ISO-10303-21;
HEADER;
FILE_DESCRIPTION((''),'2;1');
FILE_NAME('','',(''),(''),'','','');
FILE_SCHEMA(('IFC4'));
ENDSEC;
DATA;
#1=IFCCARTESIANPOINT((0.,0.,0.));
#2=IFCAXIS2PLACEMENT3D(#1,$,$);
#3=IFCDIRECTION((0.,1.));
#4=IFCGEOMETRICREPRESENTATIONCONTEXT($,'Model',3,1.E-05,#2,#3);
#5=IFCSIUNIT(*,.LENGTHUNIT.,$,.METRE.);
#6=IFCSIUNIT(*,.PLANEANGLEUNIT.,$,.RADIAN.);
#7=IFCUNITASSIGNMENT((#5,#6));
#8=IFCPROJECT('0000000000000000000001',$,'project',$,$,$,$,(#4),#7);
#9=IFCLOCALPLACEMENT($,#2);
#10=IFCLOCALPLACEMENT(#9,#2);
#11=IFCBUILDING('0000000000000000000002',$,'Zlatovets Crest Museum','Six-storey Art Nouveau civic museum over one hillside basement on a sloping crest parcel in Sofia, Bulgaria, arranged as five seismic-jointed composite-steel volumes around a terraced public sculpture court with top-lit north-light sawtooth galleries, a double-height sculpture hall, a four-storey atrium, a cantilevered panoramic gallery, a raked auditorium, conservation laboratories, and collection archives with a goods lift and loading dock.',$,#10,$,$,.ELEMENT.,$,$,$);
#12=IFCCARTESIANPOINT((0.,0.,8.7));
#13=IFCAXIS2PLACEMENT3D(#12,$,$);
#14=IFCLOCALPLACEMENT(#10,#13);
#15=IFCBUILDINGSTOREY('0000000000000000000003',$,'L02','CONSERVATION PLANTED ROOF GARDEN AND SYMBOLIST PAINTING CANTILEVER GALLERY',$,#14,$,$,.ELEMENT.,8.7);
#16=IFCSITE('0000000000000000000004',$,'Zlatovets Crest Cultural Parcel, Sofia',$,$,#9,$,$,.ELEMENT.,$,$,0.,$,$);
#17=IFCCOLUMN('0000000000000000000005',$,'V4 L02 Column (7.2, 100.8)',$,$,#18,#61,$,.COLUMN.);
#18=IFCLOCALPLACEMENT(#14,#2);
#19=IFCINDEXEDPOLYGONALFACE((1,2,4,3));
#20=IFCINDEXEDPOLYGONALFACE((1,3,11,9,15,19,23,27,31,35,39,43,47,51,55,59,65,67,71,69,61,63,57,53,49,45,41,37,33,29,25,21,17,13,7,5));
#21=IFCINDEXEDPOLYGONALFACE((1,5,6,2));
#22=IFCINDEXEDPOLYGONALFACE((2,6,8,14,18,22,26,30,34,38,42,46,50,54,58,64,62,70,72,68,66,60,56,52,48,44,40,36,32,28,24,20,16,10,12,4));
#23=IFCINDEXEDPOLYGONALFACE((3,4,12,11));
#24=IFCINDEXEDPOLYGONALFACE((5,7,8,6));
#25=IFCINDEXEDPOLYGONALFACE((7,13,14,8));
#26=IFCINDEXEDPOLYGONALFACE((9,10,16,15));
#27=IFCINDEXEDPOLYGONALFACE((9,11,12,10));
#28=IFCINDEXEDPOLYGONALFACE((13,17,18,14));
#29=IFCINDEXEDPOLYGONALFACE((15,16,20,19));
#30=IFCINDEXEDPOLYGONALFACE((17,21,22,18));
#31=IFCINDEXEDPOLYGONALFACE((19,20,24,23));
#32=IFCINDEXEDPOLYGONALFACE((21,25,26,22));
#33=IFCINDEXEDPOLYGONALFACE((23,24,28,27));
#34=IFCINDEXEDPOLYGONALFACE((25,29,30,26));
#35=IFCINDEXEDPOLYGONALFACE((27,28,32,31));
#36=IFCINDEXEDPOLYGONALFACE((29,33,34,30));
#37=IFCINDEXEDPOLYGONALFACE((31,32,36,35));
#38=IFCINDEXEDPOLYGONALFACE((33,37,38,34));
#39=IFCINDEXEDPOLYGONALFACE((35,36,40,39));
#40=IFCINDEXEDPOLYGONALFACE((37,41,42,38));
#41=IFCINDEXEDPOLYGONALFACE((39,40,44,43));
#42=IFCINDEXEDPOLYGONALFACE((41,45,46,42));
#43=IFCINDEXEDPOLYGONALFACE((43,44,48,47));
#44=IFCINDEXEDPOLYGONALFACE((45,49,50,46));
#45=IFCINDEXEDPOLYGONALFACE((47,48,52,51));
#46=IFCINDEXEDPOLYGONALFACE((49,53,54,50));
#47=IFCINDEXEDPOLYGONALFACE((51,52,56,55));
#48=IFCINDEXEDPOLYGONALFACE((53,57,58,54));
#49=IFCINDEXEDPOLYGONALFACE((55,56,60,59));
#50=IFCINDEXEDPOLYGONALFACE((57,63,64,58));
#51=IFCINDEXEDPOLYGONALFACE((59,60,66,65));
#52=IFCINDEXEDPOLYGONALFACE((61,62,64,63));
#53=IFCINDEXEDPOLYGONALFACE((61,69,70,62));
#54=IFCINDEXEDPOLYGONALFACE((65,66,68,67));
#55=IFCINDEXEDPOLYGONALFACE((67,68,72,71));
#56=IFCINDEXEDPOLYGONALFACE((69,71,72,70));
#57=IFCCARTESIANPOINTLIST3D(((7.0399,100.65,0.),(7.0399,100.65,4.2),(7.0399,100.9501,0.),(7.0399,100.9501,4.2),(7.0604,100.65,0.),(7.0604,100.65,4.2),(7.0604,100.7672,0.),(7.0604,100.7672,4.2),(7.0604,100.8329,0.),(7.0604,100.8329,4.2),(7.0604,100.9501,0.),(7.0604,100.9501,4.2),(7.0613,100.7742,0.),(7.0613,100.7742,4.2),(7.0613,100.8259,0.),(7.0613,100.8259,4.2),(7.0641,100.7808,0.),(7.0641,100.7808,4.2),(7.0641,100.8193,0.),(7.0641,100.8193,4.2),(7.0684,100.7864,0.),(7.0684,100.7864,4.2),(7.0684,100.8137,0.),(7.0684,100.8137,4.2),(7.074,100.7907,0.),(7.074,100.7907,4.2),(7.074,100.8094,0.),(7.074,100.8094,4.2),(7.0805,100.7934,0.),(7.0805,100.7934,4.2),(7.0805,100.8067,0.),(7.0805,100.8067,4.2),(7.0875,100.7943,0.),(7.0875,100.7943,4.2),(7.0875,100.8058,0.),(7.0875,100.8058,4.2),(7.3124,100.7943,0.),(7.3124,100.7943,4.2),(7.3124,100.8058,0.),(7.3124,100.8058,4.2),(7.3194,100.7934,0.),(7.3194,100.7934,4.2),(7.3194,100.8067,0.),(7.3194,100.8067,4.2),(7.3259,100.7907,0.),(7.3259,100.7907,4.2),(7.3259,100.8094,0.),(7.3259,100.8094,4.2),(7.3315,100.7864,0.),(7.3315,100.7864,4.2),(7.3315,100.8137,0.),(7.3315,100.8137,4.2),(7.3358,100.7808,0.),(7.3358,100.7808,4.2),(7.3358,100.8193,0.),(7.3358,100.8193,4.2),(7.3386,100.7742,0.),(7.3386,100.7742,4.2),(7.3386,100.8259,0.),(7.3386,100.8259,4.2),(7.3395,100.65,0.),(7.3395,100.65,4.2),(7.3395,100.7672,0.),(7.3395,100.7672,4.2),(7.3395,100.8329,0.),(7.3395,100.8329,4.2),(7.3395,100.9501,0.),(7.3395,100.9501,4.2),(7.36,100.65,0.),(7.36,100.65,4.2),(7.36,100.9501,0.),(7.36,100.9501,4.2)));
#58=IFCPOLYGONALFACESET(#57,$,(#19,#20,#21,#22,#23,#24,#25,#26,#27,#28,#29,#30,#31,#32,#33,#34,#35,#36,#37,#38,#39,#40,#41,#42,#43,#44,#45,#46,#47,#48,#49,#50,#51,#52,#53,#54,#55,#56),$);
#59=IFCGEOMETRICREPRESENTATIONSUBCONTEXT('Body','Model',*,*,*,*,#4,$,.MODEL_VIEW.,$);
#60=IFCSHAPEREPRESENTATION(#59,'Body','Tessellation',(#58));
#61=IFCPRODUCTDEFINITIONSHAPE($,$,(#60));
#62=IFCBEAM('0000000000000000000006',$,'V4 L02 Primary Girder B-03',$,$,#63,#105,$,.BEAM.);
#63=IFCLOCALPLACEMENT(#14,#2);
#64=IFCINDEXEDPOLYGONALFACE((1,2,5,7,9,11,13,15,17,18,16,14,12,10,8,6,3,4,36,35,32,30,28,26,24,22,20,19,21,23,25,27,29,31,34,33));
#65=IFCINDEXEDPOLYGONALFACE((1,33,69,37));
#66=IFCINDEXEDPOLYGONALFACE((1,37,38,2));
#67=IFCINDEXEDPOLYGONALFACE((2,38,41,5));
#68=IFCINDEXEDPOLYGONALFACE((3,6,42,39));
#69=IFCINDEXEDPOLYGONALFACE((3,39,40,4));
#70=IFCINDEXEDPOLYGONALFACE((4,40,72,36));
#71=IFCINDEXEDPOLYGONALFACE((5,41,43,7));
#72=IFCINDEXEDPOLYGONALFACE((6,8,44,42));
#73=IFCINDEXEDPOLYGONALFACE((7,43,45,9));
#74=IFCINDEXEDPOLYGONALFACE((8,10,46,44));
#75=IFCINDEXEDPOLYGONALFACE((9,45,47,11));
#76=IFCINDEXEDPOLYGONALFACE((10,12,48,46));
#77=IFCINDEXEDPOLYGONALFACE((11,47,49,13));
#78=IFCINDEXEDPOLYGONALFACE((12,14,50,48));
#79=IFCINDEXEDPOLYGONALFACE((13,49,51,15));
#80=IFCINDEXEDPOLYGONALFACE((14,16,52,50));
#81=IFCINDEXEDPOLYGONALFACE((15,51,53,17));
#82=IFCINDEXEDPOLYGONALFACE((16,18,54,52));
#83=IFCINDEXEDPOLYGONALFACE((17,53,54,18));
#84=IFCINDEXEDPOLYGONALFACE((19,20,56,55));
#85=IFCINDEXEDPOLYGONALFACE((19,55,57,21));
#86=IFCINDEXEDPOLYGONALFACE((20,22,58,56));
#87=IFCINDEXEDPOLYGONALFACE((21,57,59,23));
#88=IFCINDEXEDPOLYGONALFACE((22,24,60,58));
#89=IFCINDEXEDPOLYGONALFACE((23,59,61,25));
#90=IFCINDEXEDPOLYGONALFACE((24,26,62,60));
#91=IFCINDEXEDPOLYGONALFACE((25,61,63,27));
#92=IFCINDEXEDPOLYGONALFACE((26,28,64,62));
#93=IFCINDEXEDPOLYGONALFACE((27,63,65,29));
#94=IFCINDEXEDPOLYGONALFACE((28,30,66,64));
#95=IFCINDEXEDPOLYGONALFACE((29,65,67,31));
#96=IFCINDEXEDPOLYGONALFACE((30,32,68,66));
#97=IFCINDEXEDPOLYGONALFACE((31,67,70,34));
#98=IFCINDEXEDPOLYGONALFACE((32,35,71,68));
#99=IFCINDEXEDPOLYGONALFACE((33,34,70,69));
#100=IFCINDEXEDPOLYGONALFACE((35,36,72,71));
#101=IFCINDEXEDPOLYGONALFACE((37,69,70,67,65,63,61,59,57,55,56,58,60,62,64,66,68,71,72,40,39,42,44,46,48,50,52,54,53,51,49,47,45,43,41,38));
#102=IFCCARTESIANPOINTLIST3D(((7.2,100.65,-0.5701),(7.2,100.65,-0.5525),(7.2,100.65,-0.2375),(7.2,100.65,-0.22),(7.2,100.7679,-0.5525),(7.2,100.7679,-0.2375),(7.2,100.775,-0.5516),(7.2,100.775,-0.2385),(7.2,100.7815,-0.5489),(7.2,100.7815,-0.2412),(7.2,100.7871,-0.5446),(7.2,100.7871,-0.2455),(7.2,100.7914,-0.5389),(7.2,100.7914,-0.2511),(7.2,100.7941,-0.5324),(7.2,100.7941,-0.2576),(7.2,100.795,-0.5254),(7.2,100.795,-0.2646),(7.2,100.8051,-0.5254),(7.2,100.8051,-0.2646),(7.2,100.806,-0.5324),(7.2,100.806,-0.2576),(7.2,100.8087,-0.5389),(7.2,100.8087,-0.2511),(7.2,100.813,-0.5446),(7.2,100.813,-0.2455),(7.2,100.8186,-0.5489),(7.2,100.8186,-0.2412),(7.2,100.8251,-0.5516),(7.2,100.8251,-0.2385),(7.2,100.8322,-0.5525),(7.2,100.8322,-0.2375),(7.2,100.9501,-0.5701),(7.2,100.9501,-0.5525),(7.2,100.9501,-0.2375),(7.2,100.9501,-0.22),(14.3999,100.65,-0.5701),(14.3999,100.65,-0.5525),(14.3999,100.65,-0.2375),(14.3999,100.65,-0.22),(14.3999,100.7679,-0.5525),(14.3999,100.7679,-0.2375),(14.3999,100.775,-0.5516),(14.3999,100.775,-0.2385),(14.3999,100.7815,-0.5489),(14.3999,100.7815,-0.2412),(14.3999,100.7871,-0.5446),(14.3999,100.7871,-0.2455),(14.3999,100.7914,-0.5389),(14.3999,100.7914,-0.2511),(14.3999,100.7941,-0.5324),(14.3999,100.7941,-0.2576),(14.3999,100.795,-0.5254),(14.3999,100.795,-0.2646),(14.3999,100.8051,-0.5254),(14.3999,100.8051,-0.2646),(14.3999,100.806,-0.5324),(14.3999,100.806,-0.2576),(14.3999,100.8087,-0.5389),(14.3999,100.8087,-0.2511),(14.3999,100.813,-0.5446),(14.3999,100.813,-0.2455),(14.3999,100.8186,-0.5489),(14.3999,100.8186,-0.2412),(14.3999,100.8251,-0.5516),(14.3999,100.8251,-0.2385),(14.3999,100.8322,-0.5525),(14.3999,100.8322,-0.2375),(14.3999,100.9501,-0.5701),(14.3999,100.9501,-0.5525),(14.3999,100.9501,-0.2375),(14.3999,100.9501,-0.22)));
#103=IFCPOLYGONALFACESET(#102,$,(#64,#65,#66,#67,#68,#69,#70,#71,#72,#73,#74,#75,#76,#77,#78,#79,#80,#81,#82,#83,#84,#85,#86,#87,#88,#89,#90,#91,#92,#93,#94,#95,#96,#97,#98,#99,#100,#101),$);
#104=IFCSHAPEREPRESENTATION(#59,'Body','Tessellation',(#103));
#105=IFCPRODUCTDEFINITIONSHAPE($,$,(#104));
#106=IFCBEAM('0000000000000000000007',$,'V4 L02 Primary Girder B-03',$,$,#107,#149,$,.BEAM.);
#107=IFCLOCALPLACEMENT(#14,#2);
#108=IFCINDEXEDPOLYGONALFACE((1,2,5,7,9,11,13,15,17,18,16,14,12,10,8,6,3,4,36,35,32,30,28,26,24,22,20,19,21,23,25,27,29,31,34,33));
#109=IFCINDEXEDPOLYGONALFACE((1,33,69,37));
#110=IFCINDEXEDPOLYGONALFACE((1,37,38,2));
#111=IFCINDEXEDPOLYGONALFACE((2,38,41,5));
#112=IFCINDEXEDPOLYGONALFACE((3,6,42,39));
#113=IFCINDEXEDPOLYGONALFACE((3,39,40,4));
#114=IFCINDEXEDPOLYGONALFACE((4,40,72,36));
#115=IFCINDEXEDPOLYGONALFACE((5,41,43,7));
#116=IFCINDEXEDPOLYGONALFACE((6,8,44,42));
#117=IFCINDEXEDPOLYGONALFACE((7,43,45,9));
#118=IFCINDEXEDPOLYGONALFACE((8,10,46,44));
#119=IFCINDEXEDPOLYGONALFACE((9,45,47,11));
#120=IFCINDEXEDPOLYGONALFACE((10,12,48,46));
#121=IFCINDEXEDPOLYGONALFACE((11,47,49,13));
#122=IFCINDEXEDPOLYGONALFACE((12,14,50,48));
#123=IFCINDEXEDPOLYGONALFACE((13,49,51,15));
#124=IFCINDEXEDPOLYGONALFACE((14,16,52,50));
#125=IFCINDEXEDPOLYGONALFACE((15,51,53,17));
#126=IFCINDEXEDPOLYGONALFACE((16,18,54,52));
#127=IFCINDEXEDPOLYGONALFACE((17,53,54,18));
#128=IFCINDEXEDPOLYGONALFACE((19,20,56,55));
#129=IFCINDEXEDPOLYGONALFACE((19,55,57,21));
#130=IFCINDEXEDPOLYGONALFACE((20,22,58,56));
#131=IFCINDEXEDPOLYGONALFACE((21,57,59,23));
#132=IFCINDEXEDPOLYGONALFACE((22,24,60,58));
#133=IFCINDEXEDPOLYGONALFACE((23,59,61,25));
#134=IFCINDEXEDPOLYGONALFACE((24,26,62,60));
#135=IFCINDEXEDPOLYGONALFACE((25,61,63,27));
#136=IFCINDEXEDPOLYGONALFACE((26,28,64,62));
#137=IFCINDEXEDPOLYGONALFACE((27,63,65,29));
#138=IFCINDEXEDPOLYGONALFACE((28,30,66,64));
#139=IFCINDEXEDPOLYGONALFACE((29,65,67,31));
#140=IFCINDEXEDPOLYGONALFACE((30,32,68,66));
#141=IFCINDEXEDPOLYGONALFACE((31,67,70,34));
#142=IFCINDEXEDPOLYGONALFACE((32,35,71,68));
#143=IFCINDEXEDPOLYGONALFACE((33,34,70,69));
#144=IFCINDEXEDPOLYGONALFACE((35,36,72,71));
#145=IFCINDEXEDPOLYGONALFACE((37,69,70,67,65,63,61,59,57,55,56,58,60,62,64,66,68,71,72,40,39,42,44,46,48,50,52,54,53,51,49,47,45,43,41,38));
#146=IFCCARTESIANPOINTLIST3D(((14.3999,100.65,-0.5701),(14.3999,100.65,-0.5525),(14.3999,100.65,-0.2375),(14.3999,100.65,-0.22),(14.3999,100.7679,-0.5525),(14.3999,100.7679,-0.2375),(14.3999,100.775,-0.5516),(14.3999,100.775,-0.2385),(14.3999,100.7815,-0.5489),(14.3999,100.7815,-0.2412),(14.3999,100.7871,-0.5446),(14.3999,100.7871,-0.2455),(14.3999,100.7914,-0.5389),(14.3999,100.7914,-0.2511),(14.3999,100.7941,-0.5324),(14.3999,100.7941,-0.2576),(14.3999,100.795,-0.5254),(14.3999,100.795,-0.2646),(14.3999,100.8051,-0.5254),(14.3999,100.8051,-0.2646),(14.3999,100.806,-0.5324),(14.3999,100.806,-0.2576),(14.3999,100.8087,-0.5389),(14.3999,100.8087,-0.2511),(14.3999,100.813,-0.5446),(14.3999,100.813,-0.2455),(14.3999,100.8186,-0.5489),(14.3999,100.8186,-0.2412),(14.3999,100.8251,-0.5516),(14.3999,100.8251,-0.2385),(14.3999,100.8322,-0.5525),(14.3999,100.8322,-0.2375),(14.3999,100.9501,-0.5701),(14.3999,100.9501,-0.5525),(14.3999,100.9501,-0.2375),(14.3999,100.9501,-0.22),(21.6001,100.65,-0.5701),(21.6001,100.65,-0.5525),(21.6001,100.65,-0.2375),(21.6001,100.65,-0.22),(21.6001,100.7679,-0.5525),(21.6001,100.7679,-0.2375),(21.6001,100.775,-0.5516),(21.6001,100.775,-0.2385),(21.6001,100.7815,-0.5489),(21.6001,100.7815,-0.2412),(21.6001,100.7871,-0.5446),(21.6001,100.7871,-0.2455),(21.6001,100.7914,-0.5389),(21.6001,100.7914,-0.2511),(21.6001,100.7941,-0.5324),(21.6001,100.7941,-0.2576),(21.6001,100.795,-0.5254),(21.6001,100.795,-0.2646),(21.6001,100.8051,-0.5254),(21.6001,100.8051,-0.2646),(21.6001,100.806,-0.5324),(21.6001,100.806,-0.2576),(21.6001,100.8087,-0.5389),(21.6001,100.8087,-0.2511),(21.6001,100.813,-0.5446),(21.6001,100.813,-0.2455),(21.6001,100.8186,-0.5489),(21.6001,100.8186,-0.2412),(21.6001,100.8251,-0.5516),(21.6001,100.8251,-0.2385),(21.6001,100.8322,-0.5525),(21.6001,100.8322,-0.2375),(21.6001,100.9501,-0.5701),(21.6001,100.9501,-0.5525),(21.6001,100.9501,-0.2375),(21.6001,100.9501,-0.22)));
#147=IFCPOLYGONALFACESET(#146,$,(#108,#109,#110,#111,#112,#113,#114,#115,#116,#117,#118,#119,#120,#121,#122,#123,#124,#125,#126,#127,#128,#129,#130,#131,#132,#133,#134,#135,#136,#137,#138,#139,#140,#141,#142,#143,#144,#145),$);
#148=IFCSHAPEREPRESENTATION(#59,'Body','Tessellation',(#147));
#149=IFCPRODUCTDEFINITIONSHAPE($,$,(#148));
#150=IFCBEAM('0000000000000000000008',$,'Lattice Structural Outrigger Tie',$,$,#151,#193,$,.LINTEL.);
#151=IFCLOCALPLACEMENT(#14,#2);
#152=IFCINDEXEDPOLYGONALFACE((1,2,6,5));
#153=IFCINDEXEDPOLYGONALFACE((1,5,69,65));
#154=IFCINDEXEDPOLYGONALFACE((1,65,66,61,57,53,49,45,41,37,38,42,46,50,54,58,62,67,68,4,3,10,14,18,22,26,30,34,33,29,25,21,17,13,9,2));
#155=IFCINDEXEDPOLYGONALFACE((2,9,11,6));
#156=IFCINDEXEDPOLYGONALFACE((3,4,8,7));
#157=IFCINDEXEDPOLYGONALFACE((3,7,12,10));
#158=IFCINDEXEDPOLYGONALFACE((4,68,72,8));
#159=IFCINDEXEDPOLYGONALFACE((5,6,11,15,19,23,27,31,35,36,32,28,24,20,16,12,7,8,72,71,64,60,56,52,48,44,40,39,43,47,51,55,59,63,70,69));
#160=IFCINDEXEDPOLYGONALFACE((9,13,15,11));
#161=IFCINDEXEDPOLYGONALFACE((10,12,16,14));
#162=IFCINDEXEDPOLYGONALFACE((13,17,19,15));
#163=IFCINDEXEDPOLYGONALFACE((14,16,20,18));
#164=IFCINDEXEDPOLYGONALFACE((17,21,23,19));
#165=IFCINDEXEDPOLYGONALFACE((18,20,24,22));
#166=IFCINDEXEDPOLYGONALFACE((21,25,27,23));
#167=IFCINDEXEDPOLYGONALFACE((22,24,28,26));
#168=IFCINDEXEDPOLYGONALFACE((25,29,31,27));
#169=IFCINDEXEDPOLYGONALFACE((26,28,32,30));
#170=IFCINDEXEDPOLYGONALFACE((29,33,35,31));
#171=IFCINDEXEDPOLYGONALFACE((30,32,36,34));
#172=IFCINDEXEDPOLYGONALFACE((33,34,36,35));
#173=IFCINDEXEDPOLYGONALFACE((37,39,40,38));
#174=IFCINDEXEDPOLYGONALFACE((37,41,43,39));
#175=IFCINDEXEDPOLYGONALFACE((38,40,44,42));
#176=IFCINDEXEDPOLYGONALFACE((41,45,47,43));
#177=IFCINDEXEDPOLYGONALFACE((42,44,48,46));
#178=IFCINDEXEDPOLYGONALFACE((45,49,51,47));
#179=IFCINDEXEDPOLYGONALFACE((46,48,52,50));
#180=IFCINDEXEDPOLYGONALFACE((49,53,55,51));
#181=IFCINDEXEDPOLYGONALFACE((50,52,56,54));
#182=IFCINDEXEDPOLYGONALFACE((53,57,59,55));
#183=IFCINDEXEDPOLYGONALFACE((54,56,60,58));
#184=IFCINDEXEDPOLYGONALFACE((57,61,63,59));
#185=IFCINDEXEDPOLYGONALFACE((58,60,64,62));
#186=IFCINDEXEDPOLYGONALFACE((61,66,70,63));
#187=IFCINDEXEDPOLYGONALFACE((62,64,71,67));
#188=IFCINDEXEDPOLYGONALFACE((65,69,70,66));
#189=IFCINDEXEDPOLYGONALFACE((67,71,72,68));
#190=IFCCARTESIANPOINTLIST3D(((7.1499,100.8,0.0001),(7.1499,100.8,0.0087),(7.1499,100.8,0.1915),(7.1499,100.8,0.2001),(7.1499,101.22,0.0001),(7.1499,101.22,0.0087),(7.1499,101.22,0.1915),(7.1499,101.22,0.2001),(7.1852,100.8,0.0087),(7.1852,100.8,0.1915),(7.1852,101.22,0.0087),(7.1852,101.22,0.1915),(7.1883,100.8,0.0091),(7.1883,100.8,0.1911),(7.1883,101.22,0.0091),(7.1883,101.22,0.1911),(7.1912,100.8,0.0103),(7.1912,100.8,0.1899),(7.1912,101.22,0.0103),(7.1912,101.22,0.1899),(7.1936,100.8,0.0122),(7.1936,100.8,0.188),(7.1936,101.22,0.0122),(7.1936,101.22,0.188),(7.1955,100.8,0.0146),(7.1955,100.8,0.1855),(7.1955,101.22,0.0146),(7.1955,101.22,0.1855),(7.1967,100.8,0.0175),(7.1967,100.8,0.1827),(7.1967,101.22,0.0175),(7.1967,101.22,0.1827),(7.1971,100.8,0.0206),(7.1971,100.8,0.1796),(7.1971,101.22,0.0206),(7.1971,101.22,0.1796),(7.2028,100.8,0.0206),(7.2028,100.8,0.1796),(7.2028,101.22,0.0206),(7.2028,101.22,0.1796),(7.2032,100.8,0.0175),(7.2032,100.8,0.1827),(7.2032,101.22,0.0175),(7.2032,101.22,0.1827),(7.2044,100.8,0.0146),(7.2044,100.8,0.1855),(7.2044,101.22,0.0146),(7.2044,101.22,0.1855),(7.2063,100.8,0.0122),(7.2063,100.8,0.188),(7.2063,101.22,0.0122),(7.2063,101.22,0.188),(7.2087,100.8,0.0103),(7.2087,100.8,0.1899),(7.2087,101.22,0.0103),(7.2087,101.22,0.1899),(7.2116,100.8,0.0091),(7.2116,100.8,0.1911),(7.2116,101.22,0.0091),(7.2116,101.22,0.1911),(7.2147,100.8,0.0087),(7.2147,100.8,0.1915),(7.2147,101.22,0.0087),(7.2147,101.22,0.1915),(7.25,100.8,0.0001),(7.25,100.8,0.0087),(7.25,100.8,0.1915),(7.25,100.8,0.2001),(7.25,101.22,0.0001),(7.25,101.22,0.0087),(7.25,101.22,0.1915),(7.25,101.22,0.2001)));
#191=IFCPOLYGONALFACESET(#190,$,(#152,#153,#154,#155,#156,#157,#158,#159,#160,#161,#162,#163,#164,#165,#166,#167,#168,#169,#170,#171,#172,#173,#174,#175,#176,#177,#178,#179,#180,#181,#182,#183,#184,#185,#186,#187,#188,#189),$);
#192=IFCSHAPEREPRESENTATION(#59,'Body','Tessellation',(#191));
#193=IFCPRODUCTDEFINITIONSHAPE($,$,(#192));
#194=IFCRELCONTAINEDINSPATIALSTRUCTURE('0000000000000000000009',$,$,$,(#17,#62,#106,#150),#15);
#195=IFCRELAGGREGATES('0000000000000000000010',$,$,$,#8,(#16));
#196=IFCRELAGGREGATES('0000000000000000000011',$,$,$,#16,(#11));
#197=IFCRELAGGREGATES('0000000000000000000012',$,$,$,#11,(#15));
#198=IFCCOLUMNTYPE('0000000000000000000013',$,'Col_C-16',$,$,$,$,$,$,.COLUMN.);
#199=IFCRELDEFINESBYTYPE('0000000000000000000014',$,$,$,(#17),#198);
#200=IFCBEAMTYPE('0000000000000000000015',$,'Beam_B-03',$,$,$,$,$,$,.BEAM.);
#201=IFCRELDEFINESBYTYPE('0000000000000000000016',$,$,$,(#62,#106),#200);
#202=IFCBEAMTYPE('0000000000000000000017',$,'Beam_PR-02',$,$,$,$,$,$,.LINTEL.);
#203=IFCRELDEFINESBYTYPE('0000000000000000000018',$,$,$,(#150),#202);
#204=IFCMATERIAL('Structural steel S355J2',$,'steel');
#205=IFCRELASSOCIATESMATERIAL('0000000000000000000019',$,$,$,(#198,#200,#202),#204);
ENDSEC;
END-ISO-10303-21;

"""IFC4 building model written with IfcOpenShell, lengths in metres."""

from ifc_helpers import new_model, si_unit, direction, frame, origin, origin_2d, place, context, subcontext, project, spatial, i_section, extrude, material, material_profile, profile_set, type_object, element, save


model = new_model("IFC4")

# Units and contexts
model_context = context("Model", 3, precision=1e-05, world=origin(), true_north=direction((0.0, 1.0)))
body_context = subcontext(model_context, "Body", "Model", "MODEL_VIEW")
ifc_project = project(units=[si_unit("LENGTHUNIT", "METRE"), si_unit("PLANEANGLEUNIT", "RADIAN")], contexts=[model_context])

# Site, building, storey
site_placement = place(None, origin())
site = spatial("IfcSite", under=ifc_project, at=site_placement, Name="Zlatovets Crest Cultural Parcel, Sofia", CompositionType="ELEMENT", RefElevation=0.0)
building_placement = place(site_placement, origin())
building = spatial("IfcBuilding", under=site, at=building_placement, Name="Zlatovets Crest Museum", Description="Six-storey Art Nouveau civic museum over one hillside basement on a sloping crest parcel in Sofia, Bulgaria, arranged as five seismic-jointed composite-steel volumes around a terraced public sculpture court with top-lit north-light sawtooth galleries, a double-height sculpture hall, a four-storey atrium, a cantilevered panoramic gallery, a raked auditorium, conservation laboratories, and collection archives with a goods lift and loading dock.", CompositionType="ELEMENT")
storey_placement = place(building_placement, frame((0.0, 0.0, 8.7)))
storey = spatial("IfcBuildingStorey", under=building, at=storey_placement, Name="L02", Description="CONSERVATION PLANTED ROOF GARDEN AND SYMBOLIST PAINTING CANTILEVER GALLERY", CompositionType="ELEMENT", Elevation=8.7)

# Column
ifc_material_1 = material(Name="Structural steel S355J2", Category="steel")
ifc_material_profile_1 = material_profile(ifc_material_1, i_section(OverallWidth=0.3, OverallDepth=0.3201, WebThickness=0.0115, FlangeThickness=0.0205, FilletRadius=0.0271, at=origin_2d()), Name="HEB 320")
ifc_profile_set_1 = profile_set([ifc_material_profile_1], Name="Structural steel S355J2")
column_type = type_object("IfcColumnType", Name="Col_C-16", PredefinedType="COLUMN", material=ifc_profile_set_1)
column_placement = place(storey_placement, frame((7.2, 100.8, 0.0), z_axis=(0.0, 0.0, 1.0), x_axis=(0.0, 1.0, 0.0)))
element("IfcColumn", 1, at=column_placement, inside=storey, type_object=column_type, Name="V4 L02 Column (7.2, 100.8)", PredefinedType="COLUMN", context=body_context, shape_type="SweptSolid", body=[
    extrude(i_section(OverallWidth=0.3, OverallDepth=0.3201, WebThickness=0.0115, FlangeThickness=0.0205, FilletRadius=0.0271, at=origin_2d()), origin(), (0.0, 0.0, 1.0), 4.2),
])

# Beams
ifc_material_profile_2 = material_profile(ifc_material_1, i_section(OverallWidth=0.3, OverallDepth=0.3501, WebThickness=0.01, FlangeThickness=0.0176, FilletRadius=0.0271, at=origin_2d()), Name="HEA 360")
ifc_profile_set_2 = profile_set([ifc_material_profile_2], Name="Structural steel S355J2")
beam_type_1 = type_object("IfcBeamType", Name="Beam_B-03", PredefinedType="BEAM", material=ifc_profile_set_2)
beam_1_placement = place(storey_placement, frame((7.2, 100.8, -0.395), z_axis=(1.0, 0.0, 0.0), x_axis=(0.0, 1.0, 0.0)))
element("IfcBeam", 2, at=beam_1_placement, inside=storey, type_object=beam_type_1, Name="V4 L02 Primary Girder B-03", PredefinedType="BEAM", context=body_context, shape_type="SweptSolid", body=[
    extrude(i_section(OverallWidth=0.3, OverallDepth=0.3501, WebThickness=0.01, FlangeThickness=0.0176, FilletRadius=0.0271, at=origin_2d()), origin(), (0.0, 0.0, 1.0), 7.2),
])
beam_2_placement = place(storey_placement, frame((14.3999, 100.8, -0.395), z_axis=(1.0, 0.0, 0.0), x_axis=(0.0, 1.0, 0.0)))
element("IfcBeam", 3, at=beam_2_placement, inside=storey, type_object=beam_type_1, Name="V4 L02 Primary Girder B-03", PredefinedType="BEAM", context=body_context, shape_type="SweptSolid", body=[
    extrude(i_section(OverallWidth=0.3, OverallDepth=0.3501, WebThickness=0.01, FlangeThickness=0.0176, FilletRadius=0.0271, at=origin_2d()), origin(), (0.0, 0.0, 1.0), 7.2002),
])
ifc_material_profile_3 = material_profile(ifc_material_1, i_section(OverallWidth=0.1001, OverallDepth=0.2, WebThickness=0.0056, FlangeThickness=0.0085, FilletRadius=0.012, at=origin_2d()), Name="IPE 200")
ifc_profile_set_3 = profile_set([ifc_material_profile_3], Name="Structural steel S355J2")
beam_type_2 = type_object("IfcBeamType", Name="Beam_PR-02", PredefinedType="LINTEL", material=ifc_profile_set_3)
for number, where, z_axis, x_axis, name in (
    (4, (7.2, 100.8, 0.1001), (0.0, 1.0, 0.0), (-1.0, 0.0, 0.0), "Lattice Structural Outrigger Tie"),
):
    element("IfcBeam", number, at=place(storey_placement, frame(where, z_axis=z_axis, x_axis=x_axis)), inside=storey, type_object=beam_type_2, Name=name, PredefinedType="LINTEL", context=body_context, shape_type="SweptSolid", body=[
        extrude(i_section(OverallWidth=0.1001, OverallDepth=0.2, WebThickness=0.0056, FlangeThickness=0.0085, FilletRadius=0.012, at=origin_2d()), origin(), (0.0, 0.0, 1.0), 0.4199),
    ])

save(model, "model.ifc")
